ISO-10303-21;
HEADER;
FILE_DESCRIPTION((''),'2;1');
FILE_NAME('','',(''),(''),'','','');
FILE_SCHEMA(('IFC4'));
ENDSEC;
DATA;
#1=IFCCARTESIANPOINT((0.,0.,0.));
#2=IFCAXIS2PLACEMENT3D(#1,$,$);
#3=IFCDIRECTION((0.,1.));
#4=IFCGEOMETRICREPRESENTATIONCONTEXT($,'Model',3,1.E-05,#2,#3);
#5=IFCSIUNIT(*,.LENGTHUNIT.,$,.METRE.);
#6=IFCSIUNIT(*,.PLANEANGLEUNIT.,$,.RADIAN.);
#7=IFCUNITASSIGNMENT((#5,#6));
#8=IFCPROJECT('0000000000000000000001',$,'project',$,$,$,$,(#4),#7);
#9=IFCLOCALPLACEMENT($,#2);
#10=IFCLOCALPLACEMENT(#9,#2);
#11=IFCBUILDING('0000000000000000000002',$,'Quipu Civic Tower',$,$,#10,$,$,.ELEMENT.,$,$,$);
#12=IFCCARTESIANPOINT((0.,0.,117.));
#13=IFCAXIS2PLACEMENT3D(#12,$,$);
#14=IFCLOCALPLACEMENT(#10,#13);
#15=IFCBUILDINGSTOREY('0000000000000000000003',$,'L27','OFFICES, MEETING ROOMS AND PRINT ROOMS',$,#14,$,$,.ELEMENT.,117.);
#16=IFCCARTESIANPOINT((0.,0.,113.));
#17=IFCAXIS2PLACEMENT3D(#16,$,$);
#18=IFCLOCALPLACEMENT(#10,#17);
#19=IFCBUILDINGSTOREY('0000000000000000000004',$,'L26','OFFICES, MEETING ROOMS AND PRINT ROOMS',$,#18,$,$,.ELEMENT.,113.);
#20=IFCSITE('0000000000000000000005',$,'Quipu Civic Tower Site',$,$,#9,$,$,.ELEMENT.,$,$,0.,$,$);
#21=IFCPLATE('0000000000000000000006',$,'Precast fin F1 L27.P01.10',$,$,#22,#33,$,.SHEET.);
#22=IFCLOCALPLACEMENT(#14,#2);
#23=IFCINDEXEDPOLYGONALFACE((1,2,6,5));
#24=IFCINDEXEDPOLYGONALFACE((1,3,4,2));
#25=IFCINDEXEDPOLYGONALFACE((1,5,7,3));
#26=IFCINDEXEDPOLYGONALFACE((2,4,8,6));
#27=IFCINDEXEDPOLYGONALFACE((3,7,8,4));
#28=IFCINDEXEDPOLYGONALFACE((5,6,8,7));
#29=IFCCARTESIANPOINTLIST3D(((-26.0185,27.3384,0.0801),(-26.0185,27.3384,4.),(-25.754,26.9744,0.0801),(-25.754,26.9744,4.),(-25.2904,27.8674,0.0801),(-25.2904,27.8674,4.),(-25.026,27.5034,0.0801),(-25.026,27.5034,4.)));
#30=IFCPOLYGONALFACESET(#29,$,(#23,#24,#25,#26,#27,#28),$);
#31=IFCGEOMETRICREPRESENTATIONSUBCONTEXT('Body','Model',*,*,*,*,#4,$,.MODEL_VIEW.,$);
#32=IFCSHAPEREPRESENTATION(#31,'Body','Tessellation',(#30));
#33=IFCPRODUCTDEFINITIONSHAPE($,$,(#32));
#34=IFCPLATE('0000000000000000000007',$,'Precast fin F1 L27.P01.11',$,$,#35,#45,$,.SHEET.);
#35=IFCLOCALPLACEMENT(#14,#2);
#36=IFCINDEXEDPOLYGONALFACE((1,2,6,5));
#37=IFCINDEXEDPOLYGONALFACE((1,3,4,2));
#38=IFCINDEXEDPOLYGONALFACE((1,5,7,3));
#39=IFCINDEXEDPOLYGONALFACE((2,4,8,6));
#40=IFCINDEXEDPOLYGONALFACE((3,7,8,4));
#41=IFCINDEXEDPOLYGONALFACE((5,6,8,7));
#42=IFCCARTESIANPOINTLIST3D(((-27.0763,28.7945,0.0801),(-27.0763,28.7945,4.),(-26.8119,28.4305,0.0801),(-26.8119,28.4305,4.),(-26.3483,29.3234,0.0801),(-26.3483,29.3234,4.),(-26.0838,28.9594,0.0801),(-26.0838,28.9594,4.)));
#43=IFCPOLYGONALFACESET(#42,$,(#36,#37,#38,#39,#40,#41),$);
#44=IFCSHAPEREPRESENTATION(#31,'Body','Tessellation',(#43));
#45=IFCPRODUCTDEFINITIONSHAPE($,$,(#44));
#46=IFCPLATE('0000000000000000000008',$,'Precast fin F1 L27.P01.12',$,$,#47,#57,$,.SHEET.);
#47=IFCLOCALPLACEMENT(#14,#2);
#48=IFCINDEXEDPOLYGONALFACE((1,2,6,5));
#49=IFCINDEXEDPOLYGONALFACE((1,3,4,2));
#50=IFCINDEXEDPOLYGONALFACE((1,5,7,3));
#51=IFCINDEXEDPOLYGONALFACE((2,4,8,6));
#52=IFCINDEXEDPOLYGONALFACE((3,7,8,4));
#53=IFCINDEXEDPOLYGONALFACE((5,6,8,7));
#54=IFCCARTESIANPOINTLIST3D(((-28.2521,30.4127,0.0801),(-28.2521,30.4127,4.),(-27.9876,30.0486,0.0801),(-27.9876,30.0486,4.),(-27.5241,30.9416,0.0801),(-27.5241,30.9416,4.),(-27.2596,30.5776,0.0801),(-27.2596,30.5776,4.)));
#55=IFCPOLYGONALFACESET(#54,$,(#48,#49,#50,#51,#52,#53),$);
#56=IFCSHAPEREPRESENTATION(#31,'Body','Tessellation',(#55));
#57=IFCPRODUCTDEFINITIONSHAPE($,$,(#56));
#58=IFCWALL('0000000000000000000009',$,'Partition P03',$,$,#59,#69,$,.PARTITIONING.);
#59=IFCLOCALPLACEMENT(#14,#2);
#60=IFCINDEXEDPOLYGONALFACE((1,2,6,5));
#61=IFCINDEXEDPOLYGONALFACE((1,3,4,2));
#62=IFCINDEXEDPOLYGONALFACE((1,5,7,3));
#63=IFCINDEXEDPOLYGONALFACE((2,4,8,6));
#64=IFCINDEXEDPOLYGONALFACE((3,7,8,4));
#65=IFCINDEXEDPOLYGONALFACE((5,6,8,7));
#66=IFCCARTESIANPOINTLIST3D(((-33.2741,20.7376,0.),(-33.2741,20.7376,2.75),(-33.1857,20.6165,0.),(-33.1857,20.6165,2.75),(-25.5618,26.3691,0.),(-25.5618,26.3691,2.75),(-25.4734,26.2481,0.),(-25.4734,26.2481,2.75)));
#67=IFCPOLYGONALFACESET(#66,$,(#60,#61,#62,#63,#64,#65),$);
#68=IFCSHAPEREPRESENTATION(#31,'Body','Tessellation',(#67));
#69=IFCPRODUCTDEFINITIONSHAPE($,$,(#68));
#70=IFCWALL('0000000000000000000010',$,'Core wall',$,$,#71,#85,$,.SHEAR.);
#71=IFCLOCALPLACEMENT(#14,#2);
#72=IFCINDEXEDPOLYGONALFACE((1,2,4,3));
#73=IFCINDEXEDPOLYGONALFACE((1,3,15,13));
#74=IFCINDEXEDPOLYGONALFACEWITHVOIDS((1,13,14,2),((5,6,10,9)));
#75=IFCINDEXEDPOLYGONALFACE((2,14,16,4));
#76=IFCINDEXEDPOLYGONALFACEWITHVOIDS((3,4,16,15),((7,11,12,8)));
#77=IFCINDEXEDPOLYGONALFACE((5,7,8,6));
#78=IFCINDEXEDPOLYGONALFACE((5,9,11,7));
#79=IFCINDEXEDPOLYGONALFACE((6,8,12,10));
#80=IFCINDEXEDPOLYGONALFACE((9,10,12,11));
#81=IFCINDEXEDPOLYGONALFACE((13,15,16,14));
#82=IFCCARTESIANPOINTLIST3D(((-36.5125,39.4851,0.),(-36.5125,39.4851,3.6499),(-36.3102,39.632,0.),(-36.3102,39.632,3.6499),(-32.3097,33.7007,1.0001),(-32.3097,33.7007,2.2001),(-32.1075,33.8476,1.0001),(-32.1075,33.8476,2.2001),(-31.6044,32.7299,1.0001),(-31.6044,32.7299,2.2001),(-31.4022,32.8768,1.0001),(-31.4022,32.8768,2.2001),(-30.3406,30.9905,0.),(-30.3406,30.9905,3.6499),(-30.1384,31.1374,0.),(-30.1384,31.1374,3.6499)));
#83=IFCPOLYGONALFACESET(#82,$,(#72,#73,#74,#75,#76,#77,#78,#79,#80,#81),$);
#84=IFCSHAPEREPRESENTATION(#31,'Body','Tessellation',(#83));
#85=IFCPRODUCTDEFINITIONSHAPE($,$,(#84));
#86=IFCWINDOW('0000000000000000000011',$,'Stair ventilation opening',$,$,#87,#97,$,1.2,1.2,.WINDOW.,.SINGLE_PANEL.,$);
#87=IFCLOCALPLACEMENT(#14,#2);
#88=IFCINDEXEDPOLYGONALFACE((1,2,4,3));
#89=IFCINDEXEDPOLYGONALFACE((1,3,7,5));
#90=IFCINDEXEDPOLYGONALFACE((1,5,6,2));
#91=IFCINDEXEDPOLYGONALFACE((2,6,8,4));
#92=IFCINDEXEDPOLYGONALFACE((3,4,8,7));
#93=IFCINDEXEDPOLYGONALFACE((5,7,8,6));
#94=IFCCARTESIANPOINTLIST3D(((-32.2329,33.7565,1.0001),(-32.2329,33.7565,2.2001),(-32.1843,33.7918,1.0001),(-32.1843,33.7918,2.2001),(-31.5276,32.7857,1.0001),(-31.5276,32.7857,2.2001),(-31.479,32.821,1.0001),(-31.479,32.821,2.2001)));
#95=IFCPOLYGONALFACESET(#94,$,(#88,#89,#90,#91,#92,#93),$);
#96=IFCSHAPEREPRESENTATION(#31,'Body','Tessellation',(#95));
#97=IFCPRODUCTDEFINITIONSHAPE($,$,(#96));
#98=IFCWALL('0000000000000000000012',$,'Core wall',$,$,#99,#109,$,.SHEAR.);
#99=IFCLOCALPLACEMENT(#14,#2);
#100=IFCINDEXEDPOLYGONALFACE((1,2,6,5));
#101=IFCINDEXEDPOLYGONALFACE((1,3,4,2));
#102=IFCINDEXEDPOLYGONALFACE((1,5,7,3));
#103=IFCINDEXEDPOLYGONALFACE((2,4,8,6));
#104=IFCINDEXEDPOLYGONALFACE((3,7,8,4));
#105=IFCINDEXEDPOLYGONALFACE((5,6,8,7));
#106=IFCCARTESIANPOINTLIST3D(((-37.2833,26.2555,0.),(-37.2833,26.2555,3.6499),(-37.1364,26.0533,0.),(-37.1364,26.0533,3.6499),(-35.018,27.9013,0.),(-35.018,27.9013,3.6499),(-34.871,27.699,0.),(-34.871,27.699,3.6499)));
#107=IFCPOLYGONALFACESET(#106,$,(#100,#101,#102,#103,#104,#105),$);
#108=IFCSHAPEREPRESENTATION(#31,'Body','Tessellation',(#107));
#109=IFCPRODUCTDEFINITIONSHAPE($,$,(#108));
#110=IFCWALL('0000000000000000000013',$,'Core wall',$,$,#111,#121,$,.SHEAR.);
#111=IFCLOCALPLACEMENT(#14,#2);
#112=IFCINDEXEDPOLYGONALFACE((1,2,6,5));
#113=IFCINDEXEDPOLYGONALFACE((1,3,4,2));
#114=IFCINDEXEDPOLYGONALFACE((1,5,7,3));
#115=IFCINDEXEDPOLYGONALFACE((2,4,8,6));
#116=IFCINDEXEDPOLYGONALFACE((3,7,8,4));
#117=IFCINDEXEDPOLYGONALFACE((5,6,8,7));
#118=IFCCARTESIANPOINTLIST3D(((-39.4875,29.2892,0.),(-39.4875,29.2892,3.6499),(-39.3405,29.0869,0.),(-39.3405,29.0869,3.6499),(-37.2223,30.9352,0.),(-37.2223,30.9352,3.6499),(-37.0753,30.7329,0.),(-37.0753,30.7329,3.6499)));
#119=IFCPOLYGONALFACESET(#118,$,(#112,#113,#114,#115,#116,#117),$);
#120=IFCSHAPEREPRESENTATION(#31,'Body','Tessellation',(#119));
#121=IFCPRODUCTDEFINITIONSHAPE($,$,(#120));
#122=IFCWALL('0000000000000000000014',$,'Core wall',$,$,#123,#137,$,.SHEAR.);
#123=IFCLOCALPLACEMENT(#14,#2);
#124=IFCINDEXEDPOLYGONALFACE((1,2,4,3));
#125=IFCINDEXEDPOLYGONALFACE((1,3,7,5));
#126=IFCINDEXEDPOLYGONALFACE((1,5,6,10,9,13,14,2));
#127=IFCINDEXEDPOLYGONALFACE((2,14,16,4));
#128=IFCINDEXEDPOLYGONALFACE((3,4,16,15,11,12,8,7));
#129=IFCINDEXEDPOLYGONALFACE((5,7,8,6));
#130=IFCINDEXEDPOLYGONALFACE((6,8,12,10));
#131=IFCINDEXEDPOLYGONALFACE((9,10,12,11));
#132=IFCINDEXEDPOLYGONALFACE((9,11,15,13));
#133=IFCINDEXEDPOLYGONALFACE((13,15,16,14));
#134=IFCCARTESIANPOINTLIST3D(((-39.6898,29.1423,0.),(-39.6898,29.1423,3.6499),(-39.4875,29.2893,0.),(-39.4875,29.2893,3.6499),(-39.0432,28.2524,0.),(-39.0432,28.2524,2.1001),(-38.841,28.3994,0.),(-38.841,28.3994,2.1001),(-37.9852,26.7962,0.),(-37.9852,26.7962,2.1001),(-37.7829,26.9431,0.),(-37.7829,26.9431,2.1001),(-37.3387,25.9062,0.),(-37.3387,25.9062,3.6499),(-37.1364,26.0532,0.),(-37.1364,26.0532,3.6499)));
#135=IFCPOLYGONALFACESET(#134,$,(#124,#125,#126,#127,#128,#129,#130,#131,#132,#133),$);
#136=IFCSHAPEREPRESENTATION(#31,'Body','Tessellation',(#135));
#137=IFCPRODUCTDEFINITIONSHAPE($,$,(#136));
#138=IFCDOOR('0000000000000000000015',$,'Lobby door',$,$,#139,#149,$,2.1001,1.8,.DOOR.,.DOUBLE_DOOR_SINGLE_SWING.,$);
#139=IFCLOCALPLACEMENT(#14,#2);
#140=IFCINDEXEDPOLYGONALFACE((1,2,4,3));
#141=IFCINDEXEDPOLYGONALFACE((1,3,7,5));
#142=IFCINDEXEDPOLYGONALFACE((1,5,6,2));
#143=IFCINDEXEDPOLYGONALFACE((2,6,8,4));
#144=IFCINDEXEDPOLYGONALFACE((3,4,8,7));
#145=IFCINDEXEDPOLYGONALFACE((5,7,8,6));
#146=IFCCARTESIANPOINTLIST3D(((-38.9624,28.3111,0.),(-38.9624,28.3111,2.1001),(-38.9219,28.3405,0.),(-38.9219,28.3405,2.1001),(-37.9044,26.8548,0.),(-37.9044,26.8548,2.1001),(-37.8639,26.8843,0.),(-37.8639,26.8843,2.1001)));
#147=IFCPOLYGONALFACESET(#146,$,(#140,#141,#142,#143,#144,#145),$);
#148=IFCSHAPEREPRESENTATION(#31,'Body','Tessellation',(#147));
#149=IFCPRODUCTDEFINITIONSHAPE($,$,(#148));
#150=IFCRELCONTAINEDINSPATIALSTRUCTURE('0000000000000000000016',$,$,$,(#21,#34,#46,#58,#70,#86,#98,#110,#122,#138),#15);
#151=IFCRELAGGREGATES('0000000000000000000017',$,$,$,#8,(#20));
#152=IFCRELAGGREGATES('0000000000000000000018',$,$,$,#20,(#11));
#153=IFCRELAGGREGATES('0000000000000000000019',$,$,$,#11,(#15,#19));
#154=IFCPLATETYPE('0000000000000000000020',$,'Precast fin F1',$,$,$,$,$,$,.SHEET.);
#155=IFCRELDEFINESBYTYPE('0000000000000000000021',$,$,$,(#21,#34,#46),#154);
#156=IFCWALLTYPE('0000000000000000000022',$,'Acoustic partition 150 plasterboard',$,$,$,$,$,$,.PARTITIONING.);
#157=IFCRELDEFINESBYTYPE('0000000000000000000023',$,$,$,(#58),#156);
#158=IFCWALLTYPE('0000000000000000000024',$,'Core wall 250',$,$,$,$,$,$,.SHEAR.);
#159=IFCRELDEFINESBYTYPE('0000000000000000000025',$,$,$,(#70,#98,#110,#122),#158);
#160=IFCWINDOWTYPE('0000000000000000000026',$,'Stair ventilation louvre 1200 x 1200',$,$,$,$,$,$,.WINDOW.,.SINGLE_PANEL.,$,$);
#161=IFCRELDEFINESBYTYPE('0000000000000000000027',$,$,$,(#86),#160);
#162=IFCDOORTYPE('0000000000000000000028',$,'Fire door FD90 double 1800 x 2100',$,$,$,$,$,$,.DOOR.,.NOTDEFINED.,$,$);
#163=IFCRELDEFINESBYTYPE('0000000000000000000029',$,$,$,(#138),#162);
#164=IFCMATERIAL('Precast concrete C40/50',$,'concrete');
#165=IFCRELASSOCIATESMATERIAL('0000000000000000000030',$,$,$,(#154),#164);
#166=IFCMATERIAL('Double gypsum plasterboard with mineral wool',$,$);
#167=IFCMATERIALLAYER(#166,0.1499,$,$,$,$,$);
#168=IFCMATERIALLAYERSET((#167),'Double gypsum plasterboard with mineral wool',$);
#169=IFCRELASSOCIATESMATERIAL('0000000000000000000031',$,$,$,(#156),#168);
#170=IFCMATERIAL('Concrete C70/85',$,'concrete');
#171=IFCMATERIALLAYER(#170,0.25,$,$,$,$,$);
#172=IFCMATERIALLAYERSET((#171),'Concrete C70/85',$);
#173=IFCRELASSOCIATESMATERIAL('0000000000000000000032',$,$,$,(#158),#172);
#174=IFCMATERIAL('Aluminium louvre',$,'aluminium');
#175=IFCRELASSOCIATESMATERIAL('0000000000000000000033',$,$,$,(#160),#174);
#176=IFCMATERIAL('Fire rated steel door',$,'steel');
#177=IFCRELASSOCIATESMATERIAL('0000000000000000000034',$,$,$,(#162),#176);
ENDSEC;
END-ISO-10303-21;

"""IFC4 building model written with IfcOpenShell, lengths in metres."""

from ifc_helpers import new_model, si_unit, direction, frame, frame_2d, origin, origin_2d, place, context, subcontext, project, spatial, rectangle, extrude, material, layer, layer_set, type_object, element, fill, save


model = new_model("IFC4")

# Units and contexts
model_context = context("Model", 3, precision=1e-05, world=origin(), true_north=direction((0.0, 1.0)))
body_context = subcontext(model_context, "Body", "Model", "MODEL_VIEW")
ifc_project = project(units=[si_unit("LENGTHUNIT", "METRE"), si_unit("PLANEANGLEUNIT", "RADIAN")], contexts=[model_context])

# Site, building, storey
site_placement = place(None, origin())
site = spatial("IfcSite", under=ifc_project, at=site_placement, Name="Quipu Civic Tower Site", CompositionType="ELEMENT", RefElevation=0.0)
building_placement = place(site_placement, origin())
building = spatial("IfcBuilding", under=site, at=building_placement, Name="Quipu Civic Tower", CompositionType="ELEMENT")
storey_1_placement = place(building_placement, frame((0.0, 0.0, 117.0)))
storey_1 = spatial("IfcBuildingStorey", under=building, at=storey_1_placement, Name="L27", Description="OFFICES, MEETING ROOMS AND PRINT ROOMS", CompositionType="ELEMENT", Elevation=117.0)

# Shared definitions
storey_2_placement = place(building_placement, frame((0.0, 0.0, 113.0)))
storey_2 = spatial("IfcBuildingStorey", under=building, at=storey_2_placement, Name="L26", Description="OFFICES, MEETING ROOMS AND PRINT ROOMS", CompositionType="ELEMENT", Elevation=113.0)

# Plates
ifc_material_1 = material(Name="Precast concrete C40/50", Category="concrete")
plate_type_1 = type_object("IfcPlateType", Name="Precast fin F1", PredefinedType="SHEET", material=ifc_material_1)
for number, where, z_axis, x_axis, name in (
    (1, (-25.5222, 27.4209, 0.0801), (0.0, 0.0, 1.0), (-0.587785, 0.809017, 0.0), "Precast fin F1 L27.P01.10"),
    (2, (-26.5801, 28.877, 0.0801), (0.0, 0.0, 1.0), (-0.587785, 0.809017, 0.0), "Precast fin F1 L27.P01.11"),
    (3, (-27.7559, 30.4951, 0.0801), (0.0, 0.0, 1.0), (-0.587785, 0.809017, 0.0), "Precast fin F1 L27.P01.12"),
):
    element("IfcPlate", number, at=place(storey_1_placement, frame(where, z_axis=z_axis, x_axis=x_axis)), inside=storey_1, type_object=plate_type_1, Name=name, PredefinedType="SHEET", context=body_context, shape_type="SweptSolid", body=[
        extrude(rectangle(XDim=0.45, YDim=0.8999, at=origin_2d()), origin(), (0.0, 0.0, 1.0), 3.9199),
    ])

# Wall
ifc_material_2 = material(Name="Double gypsum plasterboard with mineral wool")
ifc_layer_1 = layer(ifc_material_2, 0.1499)
ifc_layer_set_1 = layer_set([ifc_layer_1], Name="Double gypsum plasterboard with mineral wool")
wall_type_1 = type_object("IfcWallType", Name="Acoustic partition 150 plasterboard", PredefinedType="PARTITIONING", material=ifc_layer_set_1)
wall_1_placement = place(storey_1_placement, frame((-33.23, 20.677, 0.0), z_axis=(0.0, 0.0, 1.0), x_axis=(0.80761, 0.589717, 0.0)))
element("IfcWall", 4, at=wall_1_placement, inside=storey_1, type_object=wall_type_1, Name="Partition P03", PredefinedType="PARTITIONING", context=body_context, shape_type="SweptSolid", body=[
    extrude(rectangle(XDim=9.5496, YDim=0.1499, at=frame_2d((4.7749, 0.0))), origin(), (0.0, 0.0, 1.0), 2.75),
])

# Wall, opening, window
ifc_material_3 = material(Name="Concrete C70/85", Category="concrete")
ifc_layer_2 = layer(ifc_material_3, 0.25)
ifc_layer_set_2 = layer_set([ifc_layer_2], Name="Concrete C70/85")
wall_type_2 = type_object("IfcWallType", Name="Core wall 250", PredefinedType="SHEAR", material=ifc_layer_set_2)
wall_2_placement = place(storey_1_placement, frame((-30.2395, 31.064, 0.0), z_axis=(0.0, 0.0, 1.0), x_axis=(-0.587796, 0.809009, 0.0)))
wall_2 = element("IfcWall", 5, at=wall_2_placement, inside=storey_1, type_object=wall_type_2, Name="Core wall", PredefinedType="SHEAR", context=body_context, shape_type="SweptSolid", body=[
    extrude(rectangle(XDim=10.5, YDim=0.25, at=frame_2d((5.25, 0.0))), origin(), (0.0, 0.0, 1.0), 3.6499),
])
opening_1_placement = place(wall_2_placement, frame((2.1499, 0.0, 1.0)))
opening_1 = element("IfcOpeningElement", 6, at=opening_1_placement, cuts=wall_2, PredefinedType="OPENING", context=body_context, shape_type="SweptSolid", body=[
    extrude(rectangle(XDim=1.2, YDim=1.2, at=frame_2d((0.6001, 0.6001))), frame((0.0, 0.135, 0.0), z_axis=(0.0, -1.0, 0.0), x_axis=(1.0, 0.0, 0.0)), (0.0, 0.0, 1.0), 0.27),
])
ifc_material_4 = material(Name="Aluminium louvre", Category="aluminium")
window_type = type_object("IfcWindowType", Name="Stair ventilation louvre 1200 x 1200", PartitioningType="SINGLE_PANEL", PredefinedType="WINDOW", material=ifc_material_4)
window_placement = place(opening_1_placement, origin())
window = element("IfcWindow", 7, at=window_placement, inside=storey_1, type_object=window_type, Name="Stair ventilation opening", OverallHeight=1.2, OverallWidth=1.2, PartitioningType="SINGLE_PANEL", PredefinedType="WINDOW", context=body_context, shape_type="SweptSolid", body=[
    extrude(rectangle(XDim=1.2, YDim=1.2, at=frame_2d((0.6001, 0.6001))), frame((0.0, 0.03, 0.0), z_axis=(0.0, -1.0, 0.0), x_axis=(1.0, 0.0, 0.0)), (0.0, 0.0, 1.0), 0.0601),
])
fill(opening_1, window)

# Walls
for number, where, z_axis, x_axis, name in (
    (8, (-34.9446, 27.8, 0.0), (0.0, 0.0, 1.0), (-0.809041, -0.587752, 0.0), "Core wall"),
    (9, (-37.1489, 30.834, 0.0), (0.0, 0.0, 1.0), (-0.80897, -0.58785, 0.0), "Core wall"),
):
    element("IfcWall", number, at=place(storey_1_placement, frame(where, z_axis=z_axis, x_axis=x_axis)), inside=storey_1, type_object=wall_type_2, Name=name, PredefinedType="SHEAR", context=body_context, shape_type="SweptSolid", body=[
        extrude(rectangle(XDim=2.8, YDim=0.25, at=frame_2d((1.3999, 0.0))), origin(), (0.0, 0.0, 1.0), 3.6499),
    ])

# Wall, opening, door
wall_3_placement = place(storey_1_placement, frame((-39.5886, 29.2158, 0.0), z_axis=(0.0, 0.0, 1.0), x_axis=(0.587772, -0.809026, 0.0)))
wall_3 = element("IfcWall", 10, at=wall_3_placement, inside=storey_1, type_object=wall_type_2, Name="Core wall", PredefinedType="SHEAR", context=body_context, shape_type="SweptSolid", body=[
    extrude(rectangle(XDim=4.0, YDim=0.25, at=frame_2d((2.0, 0.0))), origin(), (0.0, 0.0, 1.0), 3.6499),
])
opening_2_placement = place(wall_3_placement, frame((1.1001, 0.0, 0.0)))
opening_2 = element("IfcOpeningElement", 11, at=opening_2_placement, cuts=wall_3, PredefinedType="OPENING", context=body_context, shape_type="SweptSolid", body=[
    extrude(rectangle(XDim=1.8, YDim=2.1001, at=frame_2d((0.8999, 1.05))), frame((0.0, 0.135, 0.0), z_axis=(0.0, -1.0, 0.0), x_axis=(1.0, 0.0, 0.0)), (0.0, 0.0, 1.0), 0.27),
])
ifc_material_5 = material(Name="Fire rated steel door", Category="steel")
door_type_1 = type_object("IfcDoorType", Name="Fire door FD90 double 1800 x 2100", OperationType="NOTDEFINED", PredefinedType="DOOR", material=ifc_material_5)
door_1_placement = place(opening_2_placement, origin())
door_1 = element("IfcDoor", 12, at=door_1_placement, inside=storey_1, type_object=door_type_1, Name="Lobby door", OperationType="DOUBLE_DOOR_SINGLE_SWING", OverallHeight=2.1001, OverallWidth=1.8, PredefinedType="DOOR", context=body_context, shape_type="SweptSolid", body=[
    extrude(rectangle(XDim=1.8, YDim=2.1001, at=frame_2d((0.8999, 1.05))), frame((0.0, 0.0249, 0.0), z_axis=(0.0, -1.0, 0.0), x_axis=(1.0, 0.0, 0.0)), (0.0, 0.0, 1.0), 0.05),
])
fill(opening_2, door_1)

save(model, "model.ifc")
